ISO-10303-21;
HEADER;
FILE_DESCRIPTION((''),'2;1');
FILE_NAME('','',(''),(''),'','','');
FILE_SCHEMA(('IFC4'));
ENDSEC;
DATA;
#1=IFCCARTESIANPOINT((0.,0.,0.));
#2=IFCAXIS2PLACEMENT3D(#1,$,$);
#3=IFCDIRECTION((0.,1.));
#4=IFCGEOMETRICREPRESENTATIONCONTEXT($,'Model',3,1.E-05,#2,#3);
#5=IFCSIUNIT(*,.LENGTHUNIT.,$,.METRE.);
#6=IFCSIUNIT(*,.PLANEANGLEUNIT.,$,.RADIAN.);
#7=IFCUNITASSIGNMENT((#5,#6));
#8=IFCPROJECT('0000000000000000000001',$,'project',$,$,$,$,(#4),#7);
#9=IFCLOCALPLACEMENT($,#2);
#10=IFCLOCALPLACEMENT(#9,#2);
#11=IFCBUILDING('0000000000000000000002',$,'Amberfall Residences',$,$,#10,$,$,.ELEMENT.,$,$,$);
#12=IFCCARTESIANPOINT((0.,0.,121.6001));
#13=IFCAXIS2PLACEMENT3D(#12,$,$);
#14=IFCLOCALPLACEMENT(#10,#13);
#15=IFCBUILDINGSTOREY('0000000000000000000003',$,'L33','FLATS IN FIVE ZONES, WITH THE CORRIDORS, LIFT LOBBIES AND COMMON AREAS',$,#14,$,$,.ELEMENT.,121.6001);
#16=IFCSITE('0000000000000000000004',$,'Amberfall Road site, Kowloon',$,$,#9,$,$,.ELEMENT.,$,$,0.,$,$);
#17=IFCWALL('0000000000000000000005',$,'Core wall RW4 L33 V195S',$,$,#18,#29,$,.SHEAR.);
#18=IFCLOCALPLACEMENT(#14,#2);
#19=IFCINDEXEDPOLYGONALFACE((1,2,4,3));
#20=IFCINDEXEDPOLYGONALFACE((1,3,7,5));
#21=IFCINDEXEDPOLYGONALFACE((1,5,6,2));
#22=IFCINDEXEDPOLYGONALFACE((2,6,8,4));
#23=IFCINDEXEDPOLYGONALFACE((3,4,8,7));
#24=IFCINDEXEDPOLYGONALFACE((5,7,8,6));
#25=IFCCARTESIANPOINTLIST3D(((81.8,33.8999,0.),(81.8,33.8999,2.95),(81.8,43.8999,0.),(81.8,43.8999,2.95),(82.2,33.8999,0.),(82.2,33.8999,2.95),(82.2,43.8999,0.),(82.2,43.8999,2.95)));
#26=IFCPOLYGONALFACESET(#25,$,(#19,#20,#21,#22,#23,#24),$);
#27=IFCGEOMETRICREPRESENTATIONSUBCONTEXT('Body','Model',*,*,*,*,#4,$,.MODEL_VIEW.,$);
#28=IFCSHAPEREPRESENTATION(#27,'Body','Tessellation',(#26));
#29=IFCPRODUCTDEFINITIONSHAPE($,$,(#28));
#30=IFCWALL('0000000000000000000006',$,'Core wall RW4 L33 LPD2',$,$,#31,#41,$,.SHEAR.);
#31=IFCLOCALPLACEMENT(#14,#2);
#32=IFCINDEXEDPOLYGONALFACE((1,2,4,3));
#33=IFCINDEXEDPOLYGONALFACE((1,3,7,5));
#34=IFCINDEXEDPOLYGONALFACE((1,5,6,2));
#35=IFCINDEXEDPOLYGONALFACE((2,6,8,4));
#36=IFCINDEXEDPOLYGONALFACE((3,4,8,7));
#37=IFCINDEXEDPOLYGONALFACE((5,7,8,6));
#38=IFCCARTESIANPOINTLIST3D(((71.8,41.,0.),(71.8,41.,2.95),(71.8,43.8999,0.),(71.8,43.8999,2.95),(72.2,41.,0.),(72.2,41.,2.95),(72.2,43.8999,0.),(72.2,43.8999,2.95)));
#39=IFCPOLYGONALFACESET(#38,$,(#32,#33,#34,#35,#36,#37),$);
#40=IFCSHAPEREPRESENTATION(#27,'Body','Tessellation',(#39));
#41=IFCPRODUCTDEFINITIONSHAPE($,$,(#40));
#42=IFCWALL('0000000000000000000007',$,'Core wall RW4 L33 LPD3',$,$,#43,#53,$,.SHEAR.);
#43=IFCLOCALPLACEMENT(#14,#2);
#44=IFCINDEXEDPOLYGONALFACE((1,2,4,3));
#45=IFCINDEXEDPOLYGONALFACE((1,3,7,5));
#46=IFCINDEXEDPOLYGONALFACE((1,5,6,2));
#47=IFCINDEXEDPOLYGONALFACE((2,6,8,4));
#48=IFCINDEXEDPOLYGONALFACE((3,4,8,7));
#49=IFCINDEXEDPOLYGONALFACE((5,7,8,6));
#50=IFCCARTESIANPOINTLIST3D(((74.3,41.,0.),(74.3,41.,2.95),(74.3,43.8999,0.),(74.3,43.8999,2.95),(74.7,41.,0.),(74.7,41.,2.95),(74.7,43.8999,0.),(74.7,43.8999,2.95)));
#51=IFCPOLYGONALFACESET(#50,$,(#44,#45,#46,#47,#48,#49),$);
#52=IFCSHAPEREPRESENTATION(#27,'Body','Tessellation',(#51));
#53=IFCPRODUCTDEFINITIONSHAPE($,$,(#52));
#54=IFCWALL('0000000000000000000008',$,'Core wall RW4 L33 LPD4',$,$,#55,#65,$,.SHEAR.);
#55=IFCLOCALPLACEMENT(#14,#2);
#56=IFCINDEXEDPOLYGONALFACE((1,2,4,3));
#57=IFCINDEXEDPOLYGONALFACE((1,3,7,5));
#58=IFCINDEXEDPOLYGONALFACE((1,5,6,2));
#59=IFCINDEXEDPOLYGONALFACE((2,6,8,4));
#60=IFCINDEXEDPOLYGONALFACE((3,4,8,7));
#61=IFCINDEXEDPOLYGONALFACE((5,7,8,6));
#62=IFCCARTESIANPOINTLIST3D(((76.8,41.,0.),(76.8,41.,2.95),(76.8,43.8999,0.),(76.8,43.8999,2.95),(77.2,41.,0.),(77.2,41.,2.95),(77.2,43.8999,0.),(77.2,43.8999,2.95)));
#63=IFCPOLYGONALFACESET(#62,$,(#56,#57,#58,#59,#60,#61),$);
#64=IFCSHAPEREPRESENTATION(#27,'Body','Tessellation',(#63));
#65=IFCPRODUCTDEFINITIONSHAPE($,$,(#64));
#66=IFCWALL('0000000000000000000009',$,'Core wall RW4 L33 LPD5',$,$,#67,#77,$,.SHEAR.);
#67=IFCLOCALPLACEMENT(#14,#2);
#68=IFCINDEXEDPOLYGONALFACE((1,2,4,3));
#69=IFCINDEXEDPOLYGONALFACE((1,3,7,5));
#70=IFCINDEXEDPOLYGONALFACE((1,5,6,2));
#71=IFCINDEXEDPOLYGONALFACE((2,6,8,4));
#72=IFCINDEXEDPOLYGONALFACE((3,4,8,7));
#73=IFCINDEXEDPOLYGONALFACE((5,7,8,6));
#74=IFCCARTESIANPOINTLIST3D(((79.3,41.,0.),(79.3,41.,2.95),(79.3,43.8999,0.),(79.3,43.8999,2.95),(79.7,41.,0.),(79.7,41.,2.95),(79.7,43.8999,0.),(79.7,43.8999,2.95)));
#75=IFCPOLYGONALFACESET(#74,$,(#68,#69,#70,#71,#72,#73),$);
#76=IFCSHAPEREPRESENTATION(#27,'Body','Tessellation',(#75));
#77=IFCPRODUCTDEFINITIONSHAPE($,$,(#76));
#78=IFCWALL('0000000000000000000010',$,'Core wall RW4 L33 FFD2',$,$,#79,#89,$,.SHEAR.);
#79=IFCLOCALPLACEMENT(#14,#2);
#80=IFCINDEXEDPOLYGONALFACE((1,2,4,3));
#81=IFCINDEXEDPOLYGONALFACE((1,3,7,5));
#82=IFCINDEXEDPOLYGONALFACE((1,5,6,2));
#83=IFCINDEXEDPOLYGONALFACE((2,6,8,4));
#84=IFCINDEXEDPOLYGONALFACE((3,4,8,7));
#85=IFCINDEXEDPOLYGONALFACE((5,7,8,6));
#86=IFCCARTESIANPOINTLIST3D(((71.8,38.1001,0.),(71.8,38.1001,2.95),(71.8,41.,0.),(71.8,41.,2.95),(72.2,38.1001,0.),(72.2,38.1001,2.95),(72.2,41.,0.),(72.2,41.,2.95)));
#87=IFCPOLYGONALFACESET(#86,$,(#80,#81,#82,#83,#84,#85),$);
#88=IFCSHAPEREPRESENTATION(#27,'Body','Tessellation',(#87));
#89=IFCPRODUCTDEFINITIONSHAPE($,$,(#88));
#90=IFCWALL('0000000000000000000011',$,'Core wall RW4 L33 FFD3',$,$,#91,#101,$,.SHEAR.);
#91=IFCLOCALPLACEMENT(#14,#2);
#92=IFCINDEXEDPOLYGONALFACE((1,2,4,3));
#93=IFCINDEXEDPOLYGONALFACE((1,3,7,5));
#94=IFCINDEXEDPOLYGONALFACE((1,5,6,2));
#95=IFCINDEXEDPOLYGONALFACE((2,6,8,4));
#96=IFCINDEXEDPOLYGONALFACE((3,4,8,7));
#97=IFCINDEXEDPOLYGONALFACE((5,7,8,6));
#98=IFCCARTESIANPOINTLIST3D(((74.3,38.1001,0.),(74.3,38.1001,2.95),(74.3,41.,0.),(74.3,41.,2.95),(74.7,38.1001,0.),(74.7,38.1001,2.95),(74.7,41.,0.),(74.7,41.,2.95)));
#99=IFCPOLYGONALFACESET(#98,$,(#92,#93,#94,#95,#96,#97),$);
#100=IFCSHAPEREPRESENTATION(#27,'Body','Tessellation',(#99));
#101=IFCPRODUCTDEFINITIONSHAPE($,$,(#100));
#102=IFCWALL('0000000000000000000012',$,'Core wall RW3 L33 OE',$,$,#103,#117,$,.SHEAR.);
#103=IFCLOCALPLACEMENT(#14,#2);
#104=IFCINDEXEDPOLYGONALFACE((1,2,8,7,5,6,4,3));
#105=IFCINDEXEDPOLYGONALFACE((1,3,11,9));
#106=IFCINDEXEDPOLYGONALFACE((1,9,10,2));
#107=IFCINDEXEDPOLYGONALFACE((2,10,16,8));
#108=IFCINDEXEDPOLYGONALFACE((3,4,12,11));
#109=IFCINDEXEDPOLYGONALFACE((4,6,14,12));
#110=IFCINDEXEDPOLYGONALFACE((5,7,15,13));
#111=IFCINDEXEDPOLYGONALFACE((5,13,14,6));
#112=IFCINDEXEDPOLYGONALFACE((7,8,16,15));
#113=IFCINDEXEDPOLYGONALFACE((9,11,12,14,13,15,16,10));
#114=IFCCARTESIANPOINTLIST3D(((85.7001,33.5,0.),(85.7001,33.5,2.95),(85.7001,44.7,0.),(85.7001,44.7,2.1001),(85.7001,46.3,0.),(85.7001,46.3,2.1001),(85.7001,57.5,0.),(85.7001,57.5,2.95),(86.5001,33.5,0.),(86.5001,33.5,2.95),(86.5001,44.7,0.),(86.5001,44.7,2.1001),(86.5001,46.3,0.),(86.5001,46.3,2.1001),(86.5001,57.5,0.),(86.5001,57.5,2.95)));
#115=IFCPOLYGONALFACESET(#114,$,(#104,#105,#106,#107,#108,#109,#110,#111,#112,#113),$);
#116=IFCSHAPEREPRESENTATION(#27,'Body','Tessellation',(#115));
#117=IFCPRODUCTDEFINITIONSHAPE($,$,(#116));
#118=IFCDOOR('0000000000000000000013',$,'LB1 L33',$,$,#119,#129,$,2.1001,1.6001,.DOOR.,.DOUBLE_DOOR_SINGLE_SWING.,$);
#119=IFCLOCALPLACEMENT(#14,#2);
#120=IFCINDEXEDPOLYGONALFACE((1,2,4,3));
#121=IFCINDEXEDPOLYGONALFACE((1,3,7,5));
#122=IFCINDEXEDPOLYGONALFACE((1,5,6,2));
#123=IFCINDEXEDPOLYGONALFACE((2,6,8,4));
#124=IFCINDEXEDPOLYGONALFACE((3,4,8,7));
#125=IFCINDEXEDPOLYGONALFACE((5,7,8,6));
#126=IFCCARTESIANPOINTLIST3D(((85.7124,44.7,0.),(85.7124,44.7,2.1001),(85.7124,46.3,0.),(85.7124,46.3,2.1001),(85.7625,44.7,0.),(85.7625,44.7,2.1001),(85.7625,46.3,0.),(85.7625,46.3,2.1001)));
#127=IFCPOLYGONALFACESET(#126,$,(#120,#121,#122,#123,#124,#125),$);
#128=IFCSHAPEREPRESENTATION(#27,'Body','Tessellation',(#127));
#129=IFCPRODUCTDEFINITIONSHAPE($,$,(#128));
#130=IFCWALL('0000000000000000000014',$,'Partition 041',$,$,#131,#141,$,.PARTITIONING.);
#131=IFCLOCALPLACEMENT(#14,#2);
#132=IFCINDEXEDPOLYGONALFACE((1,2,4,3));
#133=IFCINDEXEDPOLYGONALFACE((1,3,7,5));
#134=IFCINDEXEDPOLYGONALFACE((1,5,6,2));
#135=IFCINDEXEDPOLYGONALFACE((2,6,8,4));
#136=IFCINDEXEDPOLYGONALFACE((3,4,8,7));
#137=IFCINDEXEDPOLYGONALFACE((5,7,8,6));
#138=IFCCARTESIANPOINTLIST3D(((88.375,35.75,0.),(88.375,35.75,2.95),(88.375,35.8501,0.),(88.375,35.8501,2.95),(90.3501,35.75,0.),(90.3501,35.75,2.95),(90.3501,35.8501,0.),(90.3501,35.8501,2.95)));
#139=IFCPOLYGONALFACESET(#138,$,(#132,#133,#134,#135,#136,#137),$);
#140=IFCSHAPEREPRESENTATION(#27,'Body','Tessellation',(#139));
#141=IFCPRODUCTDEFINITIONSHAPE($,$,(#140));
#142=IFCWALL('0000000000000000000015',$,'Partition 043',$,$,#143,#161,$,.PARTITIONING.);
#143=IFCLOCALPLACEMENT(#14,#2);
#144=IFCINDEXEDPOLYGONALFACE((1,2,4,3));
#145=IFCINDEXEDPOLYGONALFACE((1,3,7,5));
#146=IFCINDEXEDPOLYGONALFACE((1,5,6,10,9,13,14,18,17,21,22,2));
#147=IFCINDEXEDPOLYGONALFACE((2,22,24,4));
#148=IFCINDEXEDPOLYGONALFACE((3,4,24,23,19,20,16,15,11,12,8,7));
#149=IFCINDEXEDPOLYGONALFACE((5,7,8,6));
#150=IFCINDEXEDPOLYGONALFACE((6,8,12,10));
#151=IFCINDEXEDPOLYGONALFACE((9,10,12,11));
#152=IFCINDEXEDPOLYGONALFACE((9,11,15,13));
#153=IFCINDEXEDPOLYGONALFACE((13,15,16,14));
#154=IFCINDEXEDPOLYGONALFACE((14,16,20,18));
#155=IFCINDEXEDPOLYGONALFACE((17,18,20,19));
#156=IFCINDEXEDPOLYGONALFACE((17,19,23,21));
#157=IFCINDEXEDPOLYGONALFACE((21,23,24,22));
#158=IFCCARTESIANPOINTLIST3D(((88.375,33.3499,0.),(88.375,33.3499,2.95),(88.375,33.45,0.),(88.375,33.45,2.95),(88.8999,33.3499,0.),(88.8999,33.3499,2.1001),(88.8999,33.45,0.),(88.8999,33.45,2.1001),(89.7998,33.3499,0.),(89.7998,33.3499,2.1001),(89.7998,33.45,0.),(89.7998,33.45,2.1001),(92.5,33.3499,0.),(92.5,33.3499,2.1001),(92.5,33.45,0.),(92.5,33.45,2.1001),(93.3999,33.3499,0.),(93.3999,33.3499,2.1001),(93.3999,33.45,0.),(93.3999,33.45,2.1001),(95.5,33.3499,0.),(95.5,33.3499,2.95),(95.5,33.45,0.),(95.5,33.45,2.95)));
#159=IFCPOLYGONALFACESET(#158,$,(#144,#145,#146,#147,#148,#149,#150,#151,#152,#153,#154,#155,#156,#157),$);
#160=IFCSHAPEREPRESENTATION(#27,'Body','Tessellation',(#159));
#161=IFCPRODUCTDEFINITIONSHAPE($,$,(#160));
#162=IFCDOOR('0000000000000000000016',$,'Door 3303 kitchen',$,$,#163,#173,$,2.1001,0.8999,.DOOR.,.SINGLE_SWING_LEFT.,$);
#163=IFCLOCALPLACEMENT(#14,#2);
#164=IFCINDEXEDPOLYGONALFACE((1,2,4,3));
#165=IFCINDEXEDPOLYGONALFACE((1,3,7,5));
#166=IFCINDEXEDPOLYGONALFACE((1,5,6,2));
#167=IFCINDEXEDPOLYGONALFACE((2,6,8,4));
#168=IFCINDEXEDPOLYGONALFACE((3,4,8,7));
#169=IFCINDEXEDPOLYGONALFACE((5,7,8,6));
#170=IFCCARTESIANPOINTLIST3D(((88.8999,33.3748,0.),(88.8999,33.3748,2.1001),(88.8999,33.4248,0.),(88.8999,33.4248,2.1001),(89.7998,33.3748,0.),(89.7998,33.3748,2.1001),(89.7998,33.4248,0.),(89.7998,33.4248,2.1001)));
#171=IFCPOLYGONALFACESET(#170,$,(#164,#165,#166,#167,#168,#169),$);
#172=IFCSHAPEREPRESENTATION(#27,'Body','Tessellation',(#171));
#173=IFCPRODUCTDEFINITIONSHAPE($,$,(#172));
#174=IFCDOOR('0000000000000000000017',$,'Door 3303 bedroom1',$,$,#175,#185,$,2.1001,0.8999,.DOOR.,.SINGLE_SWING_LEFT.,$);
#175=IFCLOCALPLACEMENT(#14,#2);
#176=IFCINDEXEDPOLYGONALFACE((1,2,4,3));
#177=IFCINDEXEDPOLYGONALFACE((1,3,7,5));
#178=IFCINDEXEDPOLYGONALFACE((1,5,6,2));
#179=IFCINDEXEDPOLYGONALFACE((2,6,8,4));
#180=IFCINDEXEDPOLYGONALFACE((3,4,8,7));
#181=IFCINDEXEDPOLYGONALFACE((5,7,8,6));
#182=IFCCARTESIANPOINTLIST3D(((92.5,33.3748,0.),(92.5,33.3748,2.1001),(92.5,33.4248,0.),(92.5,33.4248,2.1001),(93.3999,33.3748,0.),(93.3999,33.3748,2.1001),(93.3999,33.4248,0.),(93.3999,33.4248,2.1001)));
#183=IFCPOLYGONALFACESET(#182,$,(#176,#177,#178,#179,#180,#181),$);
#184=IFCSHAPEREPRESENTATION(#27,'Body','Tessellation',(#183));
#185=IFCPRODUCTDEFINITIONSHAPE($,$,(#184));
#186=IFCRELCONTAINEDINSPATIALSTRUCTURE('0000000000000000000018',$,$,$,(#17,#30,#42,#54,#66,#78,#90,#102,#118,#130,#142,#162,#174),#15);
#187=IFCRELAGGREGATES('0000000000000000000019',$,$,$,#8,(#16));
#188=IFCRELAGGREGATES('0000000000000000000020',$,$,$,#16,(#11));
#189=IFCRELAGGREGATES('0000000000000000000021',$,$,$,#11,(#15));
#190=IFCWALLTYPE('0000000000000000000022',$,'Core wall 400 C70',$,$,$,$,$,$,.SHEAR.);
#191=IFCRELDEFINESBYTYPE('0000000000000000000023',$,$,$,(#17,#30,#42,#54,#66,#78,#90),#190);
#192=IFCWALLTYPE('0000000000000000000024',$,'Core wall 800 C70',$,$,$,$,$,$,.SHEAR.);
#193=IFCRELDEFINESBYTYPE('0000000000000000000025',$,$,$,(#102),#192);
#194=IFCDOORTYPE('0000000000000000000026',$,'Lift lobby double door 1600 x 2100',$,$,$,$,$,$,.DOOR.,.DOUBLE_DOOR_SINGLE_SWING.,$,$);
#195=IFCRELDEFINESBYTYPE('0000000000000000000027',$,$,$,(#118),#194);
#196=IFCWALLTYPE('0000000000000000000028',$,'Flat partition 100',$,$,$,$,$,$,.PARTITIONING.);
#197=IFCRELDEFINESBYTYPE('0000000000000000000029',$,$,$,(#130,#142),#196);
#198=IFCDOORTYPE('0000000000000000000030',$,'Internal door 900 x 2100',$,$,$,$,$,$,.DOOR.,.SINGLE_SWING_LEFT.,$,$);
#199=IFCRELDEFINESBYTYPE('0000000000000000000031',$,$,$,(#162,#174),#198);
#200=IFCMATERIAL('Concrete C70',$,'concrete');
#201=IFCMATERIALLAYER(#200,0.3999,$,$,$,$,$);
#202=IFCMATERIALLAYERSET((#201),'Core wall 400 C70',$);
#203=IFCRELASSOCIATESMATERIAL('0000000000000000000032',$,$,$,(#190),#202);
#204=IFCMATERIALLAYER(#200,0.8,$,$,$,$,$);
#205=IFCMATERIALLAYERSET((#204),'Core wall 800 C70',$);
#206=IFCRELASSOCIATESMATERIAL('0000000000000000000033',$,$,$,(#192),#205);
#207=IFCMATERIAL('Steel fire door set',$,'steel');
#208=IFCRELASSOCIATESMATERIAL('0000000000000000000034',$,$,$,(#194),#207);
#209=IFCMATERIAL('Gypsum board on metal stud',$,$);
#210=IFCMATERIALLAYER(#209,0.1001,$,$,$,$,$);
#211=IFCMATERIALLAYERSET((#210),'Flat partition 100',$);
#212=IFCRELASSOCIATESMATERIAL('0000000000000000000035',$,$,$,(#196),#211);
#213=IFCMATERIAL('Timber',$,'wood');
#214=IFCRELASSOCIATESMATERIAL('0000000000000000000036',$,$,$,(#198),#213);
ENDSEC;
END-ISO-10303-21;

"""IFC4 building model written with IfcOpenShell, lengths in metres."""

from ifc_helpers import new_model, si_unit, direction, frame, frame_2d, origin, place, context, subcontext, project, spatial, rectangle, extrude, material, layer, layer_set, type_object, element, fill, save


model = new_model("IFC4")

# Units and contexts
model_context = context("Model", 3, precision=1e-05, world=origin(), true_north=direction((0.0, 1.0)))
body_context = subcontext(model_context, "Body", "Model", "MODEL_VIEW")
ifc_project = project(units=[si_unit("LENGTHUNIT", "METRE"), si_unit("PLANEANGLEUNIT", "RADIAN")], contexts=[model_context])

# Site, building, storey
site_placement = place(None, origin())
site = spatial("IfcSite", under=ifc_project, at=site_placement, Name="Amberfall Road site, Kowloon", CompositionType="ELEMENT", RefElevation=0.0)
building_placement = place(site_placement, origin())
building = spatial("IfcBuilding", under=site, at=building_placement, Name="Amberfall Residences", CompositionType="ELEMENT")
storey_placement = place(building_placement, frame((0.0, 0.0, 121.6001)))
storey = spatial("IfcBuildingStorey", under=building, at=storey_placement, Name="L33", Description="FLATS IN FIVE ZONES, WITH THE CORRIDORS, LIFT LOBBIES AND COMMON AREAS", CompositionType="ELEMENT", Elevation=121.6001)

# Walls
ifc_material_1 = material(Name="Concrete C70", Category="concrete")
ifc_layer_1 = layer(ifc_material_1, 0.3999)
ifc_layer_set_1 = layer_set([ifc_layer_1], Name="Core wall 400 C70")
wall_type_1 = type_object("IfcWallType", Name="Core wall 400 C70", PredefinedType="SHEAR", material=ifc_layer_set_1)
wall_1_placement = place(storey_placement, frame((82.0, 33.8999, 0.0), z_axis=(0.0, 0.0, 1.0), x_axis=(0.0, 1.0, 0.0)))
element("IfcWall", 1, at=wall_1_placement, inside=storey, type_object=wall_type_1, Name="Core wall RW4 L33 V195S", PredefinedType="SHEAR", context=body_context, shape_type="SweptSolid", body=[
    extrude(rectangle(XDim=10.0, YDim=0.3999, at=frame_2d((5.0, 0.0))), origin(), (0.0, 0.0, 1.0), 2.95),
])
for number, where, z_axis, x_axis, name in (
    (2, (72.0, 41.0, 0.0), (0.0, 0.0, 1.0), (0.0, 1.0, 0.0), "Core wall RW4 L33 LPD2"),
    (3, (74.5, 41.0, 0.0), (0.0, 0.0, 1.0), (0.0, 1.0, 0.0), "Core wall RW4 L33 LPD3"),
    (4, (77.0, 41.0, 0.0), (0.0, 0.0, 1.0), (0.0, 1.0, 0.0), "Core wall RW4 L33 LPD4"),
    (5, (79.5, 41.0, 0.0), (0.0, 0.0, 1.0), (0.0, 1.0, 0.0), "Core wall RW4 L33 LPD5"),
    (6, (72.0, 38.1001, 0.0), (0.0, 0.0, 1.0), (0.0, 1.0, 0.0), "Core wall RW4 L33 FFD2"),
    (7, (74.5, 38.1001, 0.0), (0.0, 0.0, 1.0), (0.0, 1.0, 0.0), "Core wall RW4 L33 FFD3"),
):
    element("IfcWall", number, at=place(storey_placement, frame(where, z_axis=z_axis, x_axis=x_axis)), inside=storey, type_object=wall_type_1, Name=name, PredefinedType="SHEAR", context=body_context, shape_type="SweptSolid", body=[
        extrude(rectangle(XDim=2.8999, YDim=0.3999, at=frame_2d((1.45, 0.0))), origin(), (0.0, 0.0, 1.0), 2.95),
    ])

# Wall, opening, door
ifc_layer_2 = layer(ifc_material_1, 0.8)
ifc_layer_set_2 = layer_set([ifc_layer_2], Name="Core wall 800 C70")
wall_type_2 = type_object("IfcWallType", Name="Core wall 800 C70", PredefinedType="SHEAR", material=ifc_layer_set_2)
wall_2_placement = place(storey_placement, frame((86.1001, 33.5, 0.0), z_axis=(0.0, 0.0, 1.0), x_axis=(0.0, 1.0, 0.0)))
wall_2 = element("IfcWall", 8, at=wall_2_placement, inside=storey, type_object=wall_type_2, Name="Core wall RW3 L33 OE", PredefinedType="SHEAR", context=body_context, shape_type="SweptSolid", body=[
    extrude(rectangle(XDim=24.0, YDim=0.8, at=frame_2d((12.0, 0.0))), origin(), (0.0, 0.0, 1.0), 2.95),
])
opening_1_placement = place(wall_2_placement, frame((11.2, 0.0, 0.0)))
opening_1 = element("IfcOpeningElement", 9, at=opening_1_placement, cuts=wall_2, PredefinedType="OPENING", context=body_context, shape_type="SweptSolid", body=[
    extrude(rectangle(XDim=1.6001, YDim=2.1001, at=frame_2d((0.8, 1.05))), frame((0.0, 0.4099, 0.0), z_axis=(0.0, -1.0, 0.0), x_axis=(1.0, 0.0, 0.0)), (0.0, 0.0, 1.0), 0.8201),
])
ifc_material_2 = material(Name="Steel fire door set", Category="steel")
door_type_1 = type_object("IfcDoorType", Name="Lift lobby double door 1600 x 2100", OperationType="DOUBLE_DOOR_SINGLE_SWING", PredefinedType="DOOR", material=ifc_material_2)
door_1_placement = place(opening_1_placement, origin())
door_1 = element("IfcDoor", 10, at=door_1_placement, inside=storey, type_object=door_type_1, Name="LB1 L33", OperationType="DOUBLE_DOOR_SINGLE_SWING", OverallHeight=2.1001, OverallWidth=1.6001, PredefinedType="DOOR", context=body_context, shape_type="SweptSolid", body=[
    extrude(rectangle(XDim=1.6001, YDim=2.1001, at=frame_2d((0.8, 1.05))), frame((0.0, 0.3877, 0.0), z_axis=(0.0, -1.0, 0.0), x_axis=(1.0, 0.0, 0.0)), (0.0, 0.0, 1.0), 0.05),
])
fill(opening_1, door_1)

# Wall
ifc_material_3 = material(Name="Gypsum board on metal stud")
ifc_layer_3 = layer(ifc_material_3, 0.1001)
ifc_layer_set_3 = layer_set([ifc_layer_3], Name="Flat partition 100")
wall_type_3 = type_object("IfcWallType", Name="Flat partition 100", PredefinedType="PARTITIONING", material=ifc_layer_set_3)
wall_3_placement = place(storey_placement, frame((88.375, 35.8, 0.0), z_axis=(0.0, 0.0, 1.0), x_axis=(1.0, 0.0, 0.0)))
element("IfcWall", 11, at=wall_3_placement, inside=storey, type_object=wall_type_3, Name="Partition 041", PredefinedType="PARTITIONING", context=body_context, shape_type="SweptSolid", body=[
    extrude(rectangle(XDim=1.9751, YDim=0.1001, at=frame_2d((0.9875, 0.0))), origin(), (0.0, 0.0, 1.0), 2.95),
])

# Wall, openings, doors
wall_4_placement = place(storey_placement, frame((88.375, 33.3999, 0.0), z_axis=(0.0, 0.0, 1.0), x_axis=(1.0, 0.0, 0.0)))
wall_4 = element("IfcWall", 12, at=wall_4_placement, inside=storey, type_object=wall_type_3, Name="Partition 043", PredefinedType="PARTITIONING", context=body_context, shape_type="SweptSolid", body=[
    extrude(rectangle(XDim=7.125, YDim=0.1001, at=frame_2d((3.5625, 0.0))), origin(), (0.0, 0.0, 1.0), 2.95),
])
opening_2_placement = place(wall_4_placement, frame((0.5249, 0.0, 0.0)))
opening_2 = element("IfcOpeningElement", 13, at=opening_2_placement, cuts=wall_4, PredefinedType="OPENING", context=body_context, shape_type="SweptSolid", body=[
    extrude(rectangle(XDim=0.8999, YDim=2.1001, at=frame_2d((0.45, 1.05))), frame((0.0, 0.0601, 0.0), z_axis=(0.0, -1.0, 0.0), x_axis=(1.0, 0.0, 0.0)), (0.0, 0.0, 1.0), 0.1201),
])
opening_3_placement = place(wall_4_placement, frame((4.125, 0.0, 0.0)))
opening_3 = element("IfcOpeningElement", 14, at=opening_3_placement, cuts=wall_4, PredefinedType="OPENING", context=body_context, shape_type="SweptSolid", body=[
    extrude(rectangle(XDim=0.8999, YDim=2.1001, at=frame_2d((0.45, 1.05))), frame((0.0, 0.0601, 0.0), z_axis=(0.0, -1.0, 0.0), x_axis=(1.0, 0.0, 0.0)), (0.0, 0.0, 1.0), 0.1201),
])
ifc_material_4 = material(Name="Timber", Category="wood")
door_type_2 = type_object("IfcDoorType", Name="Internal door 900 x 2100", OperationType="SINGLE_SWING_LEFT", PredefinedType="DOOR", material=ifc_material_4)
door_2_placement = place(opening_2_placement, origin())
door_2 = element("IfcDoor", 15, at=door_2_placement, inside=storey, type_object=door_type_2, Name="Door 3303 kitchen", OperationType="SINGLE_SWING_LEFT", OverallHeight=2.1001, OverallWidth=0.8999, PredefinedType="DOOR", context=body_context, shape_type="SweptSolid", body=[
    extrude(rectangle(XDim=0.8999, YDim=2.1001, at=frame_2d((0.45, 1.05))), frame((0.0, 0.0249, 0.0), z_axis=(0.0, -1.0, 0.0), x_axis=(1.0, 0.0, 0.0)), (0.0, 0.0, 1.0), 0.05),
])
fill(opening_2, door_2)
door_3_placement = place(opening_3_placement, origin())
door_3 = element("IfcDoor", 16, at=door_3_placement, inside=storey, type_object=door_type_2, Name="Door 3303 bedroom1", OperationType="SINGLE_SWING_LEFT", OverallHeight=2.1001, OverallWidth=0.8999, PredefinedType="DOOR", context=body_context, shape_type="SweptSolid", body=[
    extrude(rectangle(XDim=0.8999, YDim=2.1001, at=frame_2d((0.45, 1.05))), frame((0.0, 0.0249, 0.0), z_axis=(0.0, -1.0, 0.0), x_axis=(1.0, 0.0, 0.0)), (0.0, 0.0, 1.0), 0.05),
])
fill(opening_3, door_3)

save(model, "model.ifc")
